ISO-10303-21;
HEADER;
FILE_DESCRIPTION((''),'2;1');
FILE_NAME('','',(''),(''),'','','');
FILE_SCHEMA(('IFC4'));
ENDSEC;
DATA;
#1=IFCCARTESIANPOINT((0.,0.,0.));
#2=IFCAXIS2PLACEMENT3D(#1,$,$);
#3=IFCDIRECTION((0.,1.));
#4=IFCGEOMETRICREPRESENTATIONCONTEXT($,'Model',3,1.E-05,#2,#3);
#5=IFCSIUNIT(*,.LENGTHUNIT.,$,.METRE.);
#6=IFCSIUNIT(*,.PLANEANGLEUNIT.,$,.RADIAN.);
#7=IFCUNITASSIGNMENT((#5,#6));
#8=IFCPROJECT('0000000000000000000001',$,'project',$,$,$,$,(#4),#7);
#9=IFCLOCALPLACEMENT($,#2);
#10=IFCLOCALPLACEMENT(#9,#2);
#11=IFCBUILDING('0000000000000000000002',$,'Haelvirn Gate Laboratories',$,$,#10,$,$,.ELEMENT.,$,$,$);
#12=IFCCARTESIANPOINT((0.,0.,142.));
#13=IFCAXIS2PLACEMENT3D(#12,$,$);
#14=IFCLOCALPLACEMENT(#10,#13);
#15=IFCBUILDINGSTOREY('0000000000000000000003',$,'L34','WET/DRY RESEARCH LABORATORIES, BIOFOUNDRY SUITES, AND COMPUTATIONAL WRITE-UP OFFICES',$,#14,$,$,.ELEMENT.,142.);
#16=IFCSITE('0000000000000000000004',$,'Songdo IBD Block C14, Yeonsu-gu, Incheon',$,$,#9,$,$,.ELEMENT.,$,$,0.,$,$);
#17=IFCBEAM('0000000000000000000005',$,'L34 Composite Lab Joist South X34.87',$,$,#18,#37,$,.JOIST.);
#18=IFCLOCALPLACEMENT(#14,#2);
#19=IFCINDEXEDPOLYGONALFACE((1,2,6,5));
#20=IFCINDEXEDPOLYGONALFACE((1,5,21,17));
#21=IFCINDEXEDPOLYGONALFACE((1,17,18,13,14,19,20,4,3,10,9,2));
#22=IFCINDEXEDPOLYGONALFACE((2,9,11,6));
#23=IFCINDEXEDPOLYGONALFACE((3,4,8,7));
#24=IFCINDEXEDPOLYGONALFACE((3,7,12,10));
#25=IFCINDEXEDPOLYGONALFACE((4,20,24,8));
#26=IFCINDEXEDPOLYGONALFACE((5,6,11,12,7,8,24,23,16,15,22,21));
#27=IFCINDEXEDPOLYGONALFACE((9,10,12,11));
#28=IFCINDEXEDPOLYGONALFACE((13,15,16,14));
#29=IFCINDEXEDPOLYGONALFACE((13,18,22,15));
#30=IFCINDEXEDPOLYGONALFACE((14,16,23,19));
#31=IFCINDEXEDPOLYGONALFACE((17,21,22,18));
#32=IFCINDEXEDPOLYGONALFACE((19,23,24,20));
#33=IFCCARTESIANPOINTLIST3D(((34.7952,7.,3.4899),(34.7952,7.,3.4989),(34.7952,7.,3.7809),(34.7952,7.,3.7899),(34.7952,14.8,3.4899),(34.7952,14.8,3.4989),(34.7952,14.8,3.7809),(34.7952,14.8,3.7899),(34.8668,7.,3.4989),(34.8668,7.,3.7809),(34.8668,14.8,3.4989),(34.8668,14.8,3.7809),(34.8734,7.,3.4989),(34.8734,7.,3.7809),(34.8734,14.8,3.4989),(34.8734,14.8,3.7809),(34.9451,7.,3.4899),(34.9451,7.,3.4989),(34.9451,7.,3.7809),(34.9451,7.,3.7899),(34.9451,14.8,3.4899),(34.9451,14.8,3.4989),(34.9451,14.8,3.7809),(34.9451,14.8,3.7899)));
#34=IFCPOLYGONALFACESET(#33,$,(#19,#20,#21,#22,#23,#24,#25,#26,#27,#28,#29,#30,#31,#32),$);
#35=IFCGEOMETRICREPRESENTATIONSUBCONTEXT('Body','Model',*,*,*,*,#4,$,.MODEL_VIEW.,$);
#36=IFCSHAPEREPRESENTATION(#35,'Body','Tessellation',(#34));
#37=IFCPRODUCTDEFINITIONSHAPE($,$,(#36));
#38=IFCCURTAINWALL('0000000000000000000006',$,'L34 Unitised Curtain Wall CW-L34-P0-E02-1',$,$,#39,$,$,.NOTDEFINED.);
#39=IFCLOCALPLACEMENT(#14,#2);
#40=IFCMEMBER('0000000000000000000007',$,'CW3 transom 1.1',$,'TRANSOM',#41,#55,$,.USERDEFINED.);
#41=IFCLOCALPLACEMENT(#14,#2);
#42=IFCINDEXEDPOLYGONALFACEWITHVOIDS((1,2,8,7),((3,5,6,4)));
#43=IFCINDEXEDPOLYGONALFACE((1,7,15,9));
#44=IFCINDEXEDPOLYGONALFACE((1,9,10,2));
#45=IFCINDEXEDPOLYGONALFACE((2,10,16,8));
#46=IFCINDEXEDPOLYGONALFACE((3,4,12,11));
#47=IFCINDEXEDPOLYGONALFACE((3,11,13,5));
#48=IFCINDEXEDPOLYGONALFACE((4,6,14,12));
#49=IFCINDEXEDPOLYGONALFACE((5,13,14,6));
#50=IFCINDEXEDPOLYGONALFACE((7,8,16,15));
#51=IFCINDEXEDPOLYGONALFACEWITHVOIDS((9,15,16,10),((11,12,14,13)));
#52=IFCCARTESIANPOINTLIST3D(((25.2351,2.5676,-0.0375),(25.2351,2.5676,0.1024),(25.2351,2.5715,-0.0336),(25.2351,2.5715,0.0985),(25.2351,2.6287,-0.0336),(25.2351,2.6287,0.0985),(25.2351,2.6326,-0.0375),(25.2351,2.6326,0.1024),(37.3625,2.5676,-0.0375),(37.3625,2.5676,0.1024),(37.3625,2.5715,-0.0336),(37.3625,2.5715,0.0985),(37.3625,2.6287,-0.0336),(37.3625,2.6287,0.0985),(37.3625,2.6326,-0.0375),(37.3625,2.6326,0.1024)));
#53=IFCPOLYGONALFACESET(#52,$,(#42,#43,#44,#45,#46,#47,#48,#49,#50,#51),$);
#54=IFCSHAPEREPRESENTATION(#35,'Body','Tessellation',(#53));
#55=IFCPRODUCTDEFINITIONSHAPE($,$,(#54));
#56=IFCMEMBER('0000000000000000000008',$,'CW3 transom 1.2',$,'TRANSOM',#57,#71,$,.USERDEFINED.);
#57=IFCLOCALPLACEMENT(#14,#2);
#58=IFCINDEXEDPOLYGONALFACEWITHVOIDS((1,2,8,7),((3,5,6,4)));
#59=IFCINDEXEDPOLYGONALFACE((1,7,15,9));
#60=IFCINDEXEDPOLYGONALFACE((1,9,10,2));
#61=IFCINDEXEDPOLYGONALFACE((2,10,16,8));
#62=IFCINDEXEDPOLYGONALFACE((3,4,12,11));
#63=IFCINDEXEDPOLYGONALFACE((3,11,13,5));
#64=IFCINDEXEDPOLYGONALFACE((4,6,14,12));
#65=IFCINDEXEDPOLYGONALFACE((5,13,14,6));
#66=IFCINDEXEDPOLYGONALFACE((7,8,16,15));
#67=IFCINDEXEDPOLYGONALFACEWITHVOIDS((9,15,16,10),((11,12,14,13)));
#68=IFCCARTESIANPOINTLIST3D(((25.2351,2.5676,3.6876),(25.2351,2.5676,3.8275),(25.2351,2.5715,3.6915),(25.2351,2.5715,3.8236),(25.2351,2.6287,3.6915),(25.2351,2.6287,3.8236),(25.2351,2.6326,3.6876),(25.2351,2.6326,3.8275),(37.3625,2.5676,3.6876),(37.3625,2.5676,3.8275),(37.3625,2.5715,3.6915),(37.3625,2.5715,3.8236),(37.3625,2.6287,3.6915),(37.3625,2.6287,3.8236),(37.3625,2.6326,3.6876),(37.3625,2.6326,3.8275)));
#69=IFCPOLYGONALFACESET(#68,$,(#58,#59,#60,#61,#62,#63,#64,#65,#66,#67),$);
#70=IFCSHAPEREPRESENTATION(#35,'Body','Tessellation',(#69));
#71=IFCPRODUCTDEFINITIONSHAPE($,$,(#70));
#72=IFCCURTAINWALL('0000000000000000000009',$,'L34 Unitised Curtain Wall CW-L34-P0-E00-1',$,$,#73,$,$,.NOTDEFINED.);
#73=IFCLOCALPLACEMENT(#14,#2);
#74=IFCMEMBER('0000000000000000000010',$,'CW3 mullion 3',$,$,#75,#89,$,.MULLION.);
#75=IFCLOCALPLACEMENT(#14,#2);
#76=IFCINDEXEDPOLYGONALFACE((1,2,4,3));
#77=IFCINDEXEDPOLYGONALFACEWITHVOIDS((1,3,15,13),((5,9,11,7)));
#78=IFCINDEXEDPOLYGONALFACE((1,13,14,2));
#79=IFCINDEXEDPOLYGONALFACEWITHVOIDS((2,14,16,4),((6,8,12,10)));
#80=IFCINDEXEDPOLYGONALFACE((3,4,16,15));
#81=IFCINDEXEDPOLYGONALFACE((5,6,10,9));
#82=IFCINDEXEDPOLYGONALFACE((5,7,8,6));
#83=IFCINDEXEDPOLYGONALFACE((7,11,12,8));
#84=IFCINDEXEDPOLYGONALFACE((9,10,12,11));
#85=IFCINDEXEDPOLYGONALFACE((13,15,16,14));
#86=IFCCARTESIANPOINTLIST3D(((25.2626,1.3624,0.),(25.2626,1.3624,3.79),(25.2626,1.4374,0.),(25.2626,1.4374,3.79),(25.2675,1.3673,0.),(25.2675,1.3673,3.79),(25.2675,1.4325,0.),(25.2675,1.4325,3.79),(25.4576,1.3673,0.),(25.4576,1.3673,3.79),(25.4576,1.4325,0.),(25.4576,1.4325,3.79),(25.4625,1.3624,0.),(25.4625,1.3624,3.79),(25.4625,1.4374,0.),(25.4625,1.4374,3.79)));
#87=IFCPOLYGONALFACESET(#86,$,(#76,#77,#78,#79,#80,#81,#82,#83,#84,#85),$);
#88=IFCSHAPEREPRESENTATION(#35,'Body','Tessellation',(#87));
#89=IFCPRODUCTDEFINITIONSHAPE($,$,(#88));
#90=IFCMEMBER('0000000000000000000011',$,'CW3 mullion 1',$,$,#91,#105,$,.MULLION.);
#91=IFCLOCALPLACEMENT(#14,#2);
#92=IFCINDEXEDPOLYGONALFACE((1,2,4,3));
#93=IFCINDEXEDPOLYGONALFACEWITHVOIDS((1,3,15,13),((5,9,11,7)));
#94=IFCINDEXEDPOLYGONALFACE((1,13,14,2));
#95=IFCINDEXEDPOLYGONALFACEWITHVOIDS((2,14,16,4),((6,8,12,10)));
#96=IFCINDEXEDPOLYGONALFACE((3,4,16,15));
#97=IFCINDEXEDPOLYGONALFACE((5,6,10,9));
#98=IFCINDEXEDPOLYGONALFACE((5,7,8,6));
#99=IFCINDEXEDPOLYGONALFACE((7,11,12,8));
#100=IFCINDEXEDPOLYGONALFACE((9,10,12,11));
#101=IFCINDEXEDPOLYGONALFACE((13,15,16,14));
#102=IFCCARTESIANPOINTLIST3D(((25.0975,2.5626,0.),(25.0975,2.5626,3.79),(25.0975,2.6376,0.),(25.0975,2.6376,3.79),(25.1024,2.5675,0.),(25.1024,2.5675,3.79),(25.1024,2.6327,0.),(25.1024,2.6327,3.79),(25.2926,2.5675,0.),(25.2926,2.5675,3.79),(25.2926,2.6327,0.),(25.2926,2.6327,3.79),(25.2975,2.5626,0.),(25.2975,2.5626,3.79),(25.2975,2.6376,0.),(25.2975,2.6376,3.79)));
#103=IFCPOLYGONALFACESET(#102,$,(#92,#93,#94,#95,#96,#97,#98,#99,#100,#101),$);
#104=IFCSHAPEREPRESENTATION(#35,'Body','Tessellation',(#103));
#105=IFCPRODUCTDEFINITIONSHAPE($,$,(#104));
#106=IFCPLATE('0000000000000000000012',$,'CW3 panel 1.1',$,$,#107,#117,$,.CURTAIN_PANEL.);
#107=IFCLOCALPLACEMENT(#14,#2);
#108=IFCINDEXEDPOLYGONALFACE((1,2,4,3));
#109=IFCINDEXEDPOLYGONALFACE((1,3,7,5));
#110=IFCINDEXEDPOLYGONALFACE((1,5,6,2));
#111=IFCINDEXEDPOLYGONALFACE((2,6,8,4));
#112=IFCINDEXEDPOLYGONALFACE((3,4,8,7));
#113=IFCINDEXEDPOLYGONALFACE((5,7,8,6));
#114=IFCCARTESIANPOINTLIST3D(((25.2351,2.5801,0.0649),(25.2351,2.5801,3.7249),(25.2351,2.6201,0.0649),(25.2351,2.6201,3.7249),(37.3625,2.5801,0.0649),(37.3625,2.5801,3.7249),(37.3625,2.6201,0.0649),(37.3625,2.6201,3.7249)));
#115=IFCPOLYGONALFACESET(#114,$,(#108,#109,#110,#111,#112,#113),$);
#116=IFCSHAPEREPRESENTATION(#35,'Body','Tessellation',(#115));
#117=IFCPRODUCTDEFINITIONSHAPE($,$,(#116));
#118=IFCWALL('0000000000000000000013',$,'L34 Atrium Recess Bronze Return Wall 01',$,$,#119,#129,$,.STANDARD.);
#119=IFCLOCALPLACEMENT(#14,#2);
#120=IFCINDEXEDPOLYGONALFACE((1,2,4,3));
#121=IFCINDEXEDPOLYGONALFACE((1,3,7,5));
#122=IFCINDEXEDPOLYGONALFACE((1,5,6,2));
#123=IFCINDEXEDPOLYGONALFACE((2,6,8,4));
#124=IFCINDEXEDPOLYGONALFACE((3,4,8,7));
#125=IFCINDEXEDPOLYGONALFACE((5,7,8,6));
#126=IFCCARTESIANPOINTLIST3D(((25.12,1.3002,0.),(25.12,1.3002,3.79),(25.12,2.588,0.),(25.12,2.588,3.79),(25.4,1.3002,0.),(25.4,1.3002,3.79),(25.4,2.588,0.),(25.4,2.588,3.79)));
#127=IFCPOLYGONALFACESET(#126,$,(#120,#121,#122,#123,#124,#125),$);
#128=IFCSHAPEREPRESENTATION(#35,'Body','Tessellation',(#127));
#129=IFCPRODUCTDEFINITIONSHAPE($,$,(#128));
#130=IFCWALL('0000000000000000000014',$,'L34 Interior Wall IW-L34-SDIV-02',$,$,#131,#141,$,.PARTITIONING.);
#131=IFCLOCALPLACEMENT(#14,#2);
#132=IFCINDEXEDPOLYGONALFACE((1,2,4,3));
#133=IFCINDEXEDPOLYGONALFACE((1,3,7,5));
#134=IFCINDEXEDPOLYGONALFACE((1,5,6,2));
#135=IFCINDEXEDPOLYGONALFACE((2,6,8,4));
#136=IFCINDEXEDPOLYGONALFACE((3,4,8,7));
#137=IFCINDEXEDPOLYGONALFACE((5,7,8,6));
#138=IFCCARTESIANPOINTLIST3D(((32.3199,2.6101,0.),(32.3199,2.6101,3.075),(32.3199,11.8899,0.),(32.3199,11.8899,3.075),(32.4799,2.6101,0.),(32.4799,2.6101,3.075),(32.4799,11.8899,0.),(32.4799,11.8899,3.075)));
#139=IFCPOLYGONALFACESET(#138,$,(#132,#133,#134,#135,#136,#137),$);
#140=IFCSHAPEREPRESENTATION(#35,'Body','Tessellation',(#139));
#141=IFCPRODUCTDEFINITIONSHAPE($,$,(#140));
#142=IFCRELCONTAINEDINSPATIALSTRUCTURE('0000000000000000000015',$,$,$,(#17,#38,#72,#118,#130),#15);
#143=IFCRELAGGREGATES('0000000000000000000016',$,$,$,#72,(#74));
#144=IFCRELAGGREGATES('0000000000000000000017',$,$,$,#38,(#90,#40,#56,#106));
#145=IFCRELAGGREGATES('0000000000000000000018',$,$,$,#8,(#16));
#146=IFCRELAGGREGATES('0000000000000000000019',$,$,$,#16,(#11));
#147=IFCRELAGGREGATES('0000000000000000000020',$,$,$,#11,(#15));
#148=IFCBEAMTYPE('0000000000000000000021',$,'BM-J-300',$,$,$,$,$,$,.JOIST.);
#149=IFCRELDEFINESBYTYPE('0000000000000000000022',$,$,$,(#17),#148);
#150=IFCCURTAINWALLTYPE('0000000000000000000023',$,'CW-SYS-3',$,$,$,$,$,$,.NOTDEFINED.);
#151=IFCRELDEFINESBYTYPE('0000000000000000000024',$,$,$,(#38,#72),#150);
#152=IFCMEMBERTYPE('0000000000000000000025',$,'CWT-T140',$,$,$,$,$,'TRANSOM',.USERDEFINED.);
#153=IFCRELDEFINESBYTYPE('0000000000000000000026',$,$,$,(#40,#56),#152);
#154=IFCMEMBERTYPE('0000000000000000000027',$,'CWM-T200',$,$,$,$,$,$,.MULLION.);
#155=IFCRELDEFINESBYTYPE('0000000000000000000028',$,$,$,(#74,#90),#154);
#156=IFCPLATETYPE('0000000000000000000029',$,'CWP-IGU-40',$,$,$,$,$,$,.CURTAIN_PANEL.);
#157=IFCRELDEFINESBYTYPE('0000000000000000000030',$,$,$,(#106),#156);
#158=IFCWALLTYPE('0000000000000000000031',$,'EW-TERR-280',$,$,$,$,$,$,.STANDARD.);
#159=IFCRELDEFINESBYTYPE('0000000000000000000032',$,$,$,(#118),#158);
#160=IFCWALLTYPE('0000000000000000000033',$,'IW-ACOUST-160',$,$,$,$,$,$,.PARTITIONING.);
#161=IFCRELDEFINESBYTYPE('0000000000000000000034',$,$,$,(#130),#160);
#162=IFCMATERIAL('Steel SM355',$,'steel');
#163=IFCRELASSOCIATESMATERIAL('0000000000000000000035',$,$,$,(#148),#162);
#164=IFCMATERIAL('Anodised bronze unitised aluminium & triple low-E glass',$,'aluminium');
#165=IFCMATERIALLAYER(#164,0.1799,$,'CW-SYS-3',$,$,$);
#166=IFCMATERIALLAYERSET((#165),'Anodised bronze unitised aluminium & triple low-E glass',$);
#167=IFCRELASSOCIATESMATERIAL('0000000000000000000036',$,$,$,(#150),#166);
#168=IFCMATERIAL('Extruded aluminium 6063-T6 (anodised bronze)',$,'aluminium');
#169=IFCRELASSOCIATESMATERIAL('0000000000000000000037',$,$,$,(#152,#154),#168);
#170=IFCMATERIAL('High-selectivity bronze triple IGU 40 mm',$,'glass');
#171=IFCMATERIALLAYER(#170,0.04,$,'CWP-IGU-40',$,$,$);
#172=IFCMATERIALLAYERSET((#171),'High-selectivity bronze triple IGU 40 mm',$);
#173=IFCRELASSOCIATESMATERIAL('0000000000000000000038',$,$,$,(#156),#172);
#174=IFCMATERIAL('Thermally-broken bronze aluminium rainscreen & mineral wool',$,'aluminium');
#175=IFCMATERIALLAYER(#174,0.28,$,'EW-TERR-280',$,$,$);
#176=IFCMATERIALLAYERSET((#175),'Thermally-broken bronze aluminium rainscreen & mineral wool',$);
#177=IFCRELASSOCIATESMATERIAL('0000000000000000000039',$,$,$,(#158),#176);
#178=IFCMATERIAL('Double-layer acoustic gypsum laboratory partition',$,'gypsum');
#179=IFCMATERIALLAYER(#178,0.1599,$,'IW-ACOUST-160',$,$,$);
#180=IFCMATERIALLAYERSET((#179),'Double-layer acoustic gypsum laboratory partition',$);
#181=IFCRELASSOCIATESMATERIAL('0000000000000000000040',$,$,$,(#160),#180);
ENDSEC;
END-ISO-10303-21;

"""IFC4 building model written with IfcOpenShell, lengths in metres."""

from ifc_helpers import new_model, si_unit, direction, frame, frame_2d, origin, origin_2d, place, context, subcontext, project, spatial, rectangle, hollow_rectangle, i_section, extrude, source, transform, mapped, material, layer, layer_set, material_profile, profile_set, type_object, type_shapes, element, aggregate, save


model = new_model("IFC4")

# Units and contexts
model_context = context("Model", 3, precision=1e-05, world=origin(), true_north=direction((0.0, 1.0)))
body_context = subcontext(model_context, "Body", "Model", "MODEL_VIEW")
ifc_project = project(units=[si_unit("LENGTHUNIT", "METRE"), si_unit("PLANEANGLEUNIT", "RADIAN")], contexts=[model_context])

# Site, building, storey
site_placement = place(None, origin())
site = spatial("IfcSite", under=ifc_project, at=site_placement, Name="Songdo IBD Block C14, Yeonsu-gu, Incheon", CompositionType="ELEMENT", RefElevation=0.0)
building_placement = place(site_placement, origin())
building = spatial("IfcBuilding", under=site, at=building_placement, Name="Haelvirn Gate Laboratories", CompositionType="ELEMENT")
storey_placement = place(building_placement, frame((0.0, 0.0, 142.0)))
storey = spatial("IfcBuildingStorey", under=building, at=storey_placement, Name="L34", Description="WET/DRY RESEARCH LABORATORIES, BIOFOUNDRY SUITES, AND COMPUTATIONAL WRITE-UP OFFICES", CompositionType="ELEMENT", Elevation=142.0)

# Shared definitions
ifc_material_1 = material(Name="Steel SM355", Category="steel")

# Beam
ifc_material_profile_1 = material_profile(ifc_material_1, i_section(OverallWidth=0.1499, OverallDepth=0.3, WebThickness=0.0066, FlangeThickness=0.009, at=origin_2d()), Name="H-300x150x6.5x9")
ifc_profile_set_1 = profile_set([ifc_material_profile_1], Name="Steel SM355")
beam_type_1 = type_object("IfcBeamType", Name="BM-J-300", PredefinedType="JOIST", material=ifc_profile_set_1)
shared_shape_1 = source(origin(), body_context, "Body", "SweptSolid", [
    extrude(i_section(OverallWidth=0.1499, OverallDepth=0.3, WebThickness=0.0066, FlangeThickness=0.009, at=origin_2d()), origin(), (0.0, 0.0, 1.0), 7.8),
])
type_shapes(beam_type_1, [shared_shape_1])
for number, where, z_axis, x_axis, name in (
    (1, (34.8701, 7.0, 3.6399), (0.0, 1.0, 0.0), (-1.0, 0.0, 0.0), "L34 Composite Lab Joist South X34.87"),
):
    element("IfcBeam", number, at=place(storey_placement, frame(where, z_axis=z_axis, x_axis=x_axis)), inside=storey, type_object=beam_type_1, Name=name, PredefinedType="JOIST", context=body_context, shape_type="MappedRepresentation", body=[
        mapped(shared_shape_1, transform((0.0, 0.0, 0.0), scale=1.0)),
    ])

# Curtain wall, members
ifc_material_2 = material(Name="Anodised bronze unitised aluminium & triple low-E glass", Category="aluminium")
ifc_layer_1 = layer(ifc_material_2, 0.1799, Name="CW-SYS-3")
ifc_layer_set_1 = layer_set([ifc_layer_1], Name="Anodised bronze unitised aluminium & triple low-E glass")
curtain_wall_type = type_object("IfcCurtainWallType", Name="CW-SYS-3", PredefinedType="NOTDEFINED", material=ifc_layer_set_1)
curtain_wall_1_placement = place(storey_placement, origin())
curtain_wall_1 = element("IfcCurtainWall", 2, at=curtain_wall_1_placement, inside=storey, type_object=curtain_wall_type, Name="L34 Unitised Curtain Wall CW-L34-P0-E02-1", PredefinedType="NOTDEFINED")
ifc_material_3 = material(Name="Extruded aluminium 6063-T6 (anodised bronze)", Category="aluminium")
ifc_material_profile_2 = material_profile(ifc_material_3, hollow_rectangle(XDim=0.0649, YDim=0.1399, WallThickness=0.0039, at=origin_2d()), Name="CWT-140x65x4")
ifc_profile_set_2 = profile_set([ifc_material_profile_2], Name="Extruded aluminium 6063-T6 (anodised bronze)")
member_type_1 = type_object("IfcMemberType", Name="CWT-T140", ElementType="TRANSOM", PredefinedType="USERDEFINED", material=ifc_profile_set_2)
shared_shape_2 = source(origin(), body_context, "Body", "SweptSolid", [
    extrude(hollow_rectangle(XDim=0.0649, YDim=0.1399, WallThickness=0.0039, at=origin_2d()), origin(), (0.0, 0.0, 1.0), 12.1274),
])
type_shapes(member_type_1, [shared_shape_2])
member_1_placement = place(storey_placement, frame((25.2351, 2.6001, 0.0325), z_axis=(1.0, 0.0, 0.0), x_axis=(0.0, 1.0, 0.0)))
member_1 = element("IfcMember", 3, at=member_1_placement, type_object=member_type_1, Name="CW3 transom 1.1", ObjectType="TRANSOM", PredefinedType="USERDEFINED", context=body_context, shape_type="MappedRepresentation", body=[
    mapped(shared_shape_2, transform((0.0, 0.0, 0.0), scale=1.0)),
])
member_2_placement = place(storey_placement, frame((25.2351, 2.6001, 3.7576), z_axis=(1.0, 0.0, 0.0), x_axis=(0.0, 1.0, 0.0)))
member_2 = element("IfcMember", 4, at=member_2_placement, type_object=member_type_1, Name="CW3 transom 1.2", ObjectType="TRANSOM", PredefinedType="USERDEFINED", context=body_context, shape_type="MappedRepresentation", body=[
    mapped(shared_shape_2, transform((0.0, 0.0, 0.0), scale=1.0)),
])

# Curtain wall, member
curtain_wall_2_placement = place(storey_placement, origin())
curtain_wall_2 = element("IfcCurtainWall", 5, at=curtain_wall_2_placement, inside=storey, type_object=curtain_wall_type, Name="L34 Unitised Curtain Wall CW-L34-P0-E00-1", PredefinedType="NOTDEFINED")
ifc_material_profile_3 = material_profile(ifc_material_3, hollow_rectangle(XDim=0.075, YDim=0.2, WallThickness=0.0049, at=origin_2d()), Name="CWM-200x75x5")
ifc_profile_set_3 = profile_set([ifc_material_profile_3], Name="Extruded aluminium 6063-T6 (anodised bronze)")
member_type_2 = type_object("IfcMemberType", Name="CWM-T200", PredefinedType="MULLION", material=ifc_profile_set_3)
shared_shape_3 = source(origin(), body_context, "Body", "SweptSolid", [
    extrude(hollow_rectangle(XDim=0.075, YDim=0.2, WallThickness=0.0049, at=origin_2d()), origin(), (0.0, 0.0, 1.0), 3.79),
])
type_shapes(member_type_2, [shared_shape_3])
member_3_placement = place(storey_placement, frame((25.3625, 1.3999, 0.0), z_axis=(0.0, 0.0, 1.0), x_axis=(0.0, 1.0, 0.0)))
member_3 = element("IfcMember", 6, at=member_3_placement, type_object=member_type_2, Name="CW3 mullion 3", PredefinedType="MULLION", context=body_context, shape_type="MappedRepresentation", body=[
    mapped(shared_shape_3, transform((0.0, 0.0, 0.0), scale=1.0)),
])
aggregate(curtain_wall_2, [member_3])

# Member
member_4_placement = place(storey_placement, frame((25.1975, 2.6001, 0.0), z_axis=(0.0, 0.0, 1.0), x_axis=(0.0, 1.0, 0.0)))
member_4 = element("IfcMember", 7, at=member_4_placement, type_object=member_type_2, Name="CW3 mullion 1", PredefinedType="MULLION", context=body_context, shape_type="MappedRepresentation", body=[
    mapped(shared_shape_3, transform((0.0, 0.0, 0.0), scale=1.0)),
])

# Plate
ifc_material_4 = material(Name="High-selectivity bronze triple IGU 40 mm", Category="glass")
ifc_layer_2 = layer(ifc_material_4, 0.04, Name="CWP-IGU-40")
ifc_layer_set_2 = layer_set([ifc_layer_2], Name="High-selectivity bronze triple IGU 40 mm")
plate_type = type_object("IfcPlateType", Name="CWP-IGU-40", PredefinedType="CURTAIN_PANEL", material=ifc_layer_set_2)
shared_shape_4 = source(origin(), body_context, "Body", "SweptSolid", [
    extrude(rectangle(XDim=12.1274, YDim=0.04, at=origin_2d()), origin(), (0.0, 0.0, 1.0), 3.6599),
])
type_shapes(plate_type, [shared_shape_4])
plate_placement = place(storey_placement, frame((31.2988, 2.6001, 0.0649), z_axis=(0.0, 0.0, 1.0), x_axis=(1.0, 0.0, 0.0)))
plate = element("IfcPlate", 8, at=plate_placement, type_object=plate_type, Name="CW3 panel 1.1", PredefinedType="CURTAIN_PANEL", context=body_context, shape_type="MappedRepresentation", body=[
    mapped(shared_shape_4, transform((0.0, 0.0, 0.0), scale=1.0)),
])
aggregate(curtain_wall_1, [member_4, member_1, member_2, plate])

# Walls
ifc_material_5 = material(Name="Thermally-broken bronze aluminium rainscreen & mineral wool", Category="aluminium")
ifc_layer_3 = layer(ifc_material_5, 0.28, Name="EW-TERR-280")
ifc_layer_set_3 = layer_set([ifc_layer_3], Name="Thermally-broken bronze aluminium rainscreen & mineral wool")
wall_type_1 = type_object("IfcWallType", Name="EW-TERR-280", PredefinedType="STANDARD", material=ifc_layer_set_3)
wall_1_placement = place(storey_placement, frame((25.26, 1.3, 0.0), z_axis=(0.0, 0.0, 1.0), x_axis=(0.0, 1.0, 0.0)))
element("IfcWall", 9, at=wall_1_placement, inside=storey, type_object=wall_type_1, Name="L34 Atrium Recess Bronze Return Wall 01", PredefinedType="STANDARD", context=body_context, shape_type="SweptSolid", body=[
    extrude(rectangle(XDim=1.2878, YDim=0.28, at=frame_2d((0.644, 0.0))), origin(), (0.0, 0.0, 1.0), 3.79),
])
ifc_material_6 = material(Name="Double-layer acoustic gypsum laboratory partition", Category="gypsum")
ifc_layer_4 = layer(ifc_material_6, 0.1599, Name="IW-ACOUST-160")
ifc_layer_set_4 = layer_set([ifc_layer_4], Name="Double-layer acoustic gypsum laboratory partition")
wall_type_2 = type_object("IfcWallType", Name="IW-ACOUST-160", PredefinedType="PARTITIONING", material=ifc_layer_set_4)
wall_2_placement = place(storey_placement, frame((32.3999, 2.6101, 0.0), z_axis=(0.0, 0.0, 1.0), x_axis=(0.0, 1.0, 0.0)))
element("IfcWall", 10, at=wall_2_placement, inside=storey, type_object=wall_type_2, Name="L34 Interior Wall IW-L34-SDIV-02", PredefinedType="PARTITIONING", context=body_context, shape_type="SweptSolid", body=[
    extrude(rectangle(XDim=9.2798, YDim=0.1599, at=frame_2d((4.6399, 0.0))), origin(), (0.0, 0.0, 1.0), 3.075),
])

save(model, "model.ifc")
